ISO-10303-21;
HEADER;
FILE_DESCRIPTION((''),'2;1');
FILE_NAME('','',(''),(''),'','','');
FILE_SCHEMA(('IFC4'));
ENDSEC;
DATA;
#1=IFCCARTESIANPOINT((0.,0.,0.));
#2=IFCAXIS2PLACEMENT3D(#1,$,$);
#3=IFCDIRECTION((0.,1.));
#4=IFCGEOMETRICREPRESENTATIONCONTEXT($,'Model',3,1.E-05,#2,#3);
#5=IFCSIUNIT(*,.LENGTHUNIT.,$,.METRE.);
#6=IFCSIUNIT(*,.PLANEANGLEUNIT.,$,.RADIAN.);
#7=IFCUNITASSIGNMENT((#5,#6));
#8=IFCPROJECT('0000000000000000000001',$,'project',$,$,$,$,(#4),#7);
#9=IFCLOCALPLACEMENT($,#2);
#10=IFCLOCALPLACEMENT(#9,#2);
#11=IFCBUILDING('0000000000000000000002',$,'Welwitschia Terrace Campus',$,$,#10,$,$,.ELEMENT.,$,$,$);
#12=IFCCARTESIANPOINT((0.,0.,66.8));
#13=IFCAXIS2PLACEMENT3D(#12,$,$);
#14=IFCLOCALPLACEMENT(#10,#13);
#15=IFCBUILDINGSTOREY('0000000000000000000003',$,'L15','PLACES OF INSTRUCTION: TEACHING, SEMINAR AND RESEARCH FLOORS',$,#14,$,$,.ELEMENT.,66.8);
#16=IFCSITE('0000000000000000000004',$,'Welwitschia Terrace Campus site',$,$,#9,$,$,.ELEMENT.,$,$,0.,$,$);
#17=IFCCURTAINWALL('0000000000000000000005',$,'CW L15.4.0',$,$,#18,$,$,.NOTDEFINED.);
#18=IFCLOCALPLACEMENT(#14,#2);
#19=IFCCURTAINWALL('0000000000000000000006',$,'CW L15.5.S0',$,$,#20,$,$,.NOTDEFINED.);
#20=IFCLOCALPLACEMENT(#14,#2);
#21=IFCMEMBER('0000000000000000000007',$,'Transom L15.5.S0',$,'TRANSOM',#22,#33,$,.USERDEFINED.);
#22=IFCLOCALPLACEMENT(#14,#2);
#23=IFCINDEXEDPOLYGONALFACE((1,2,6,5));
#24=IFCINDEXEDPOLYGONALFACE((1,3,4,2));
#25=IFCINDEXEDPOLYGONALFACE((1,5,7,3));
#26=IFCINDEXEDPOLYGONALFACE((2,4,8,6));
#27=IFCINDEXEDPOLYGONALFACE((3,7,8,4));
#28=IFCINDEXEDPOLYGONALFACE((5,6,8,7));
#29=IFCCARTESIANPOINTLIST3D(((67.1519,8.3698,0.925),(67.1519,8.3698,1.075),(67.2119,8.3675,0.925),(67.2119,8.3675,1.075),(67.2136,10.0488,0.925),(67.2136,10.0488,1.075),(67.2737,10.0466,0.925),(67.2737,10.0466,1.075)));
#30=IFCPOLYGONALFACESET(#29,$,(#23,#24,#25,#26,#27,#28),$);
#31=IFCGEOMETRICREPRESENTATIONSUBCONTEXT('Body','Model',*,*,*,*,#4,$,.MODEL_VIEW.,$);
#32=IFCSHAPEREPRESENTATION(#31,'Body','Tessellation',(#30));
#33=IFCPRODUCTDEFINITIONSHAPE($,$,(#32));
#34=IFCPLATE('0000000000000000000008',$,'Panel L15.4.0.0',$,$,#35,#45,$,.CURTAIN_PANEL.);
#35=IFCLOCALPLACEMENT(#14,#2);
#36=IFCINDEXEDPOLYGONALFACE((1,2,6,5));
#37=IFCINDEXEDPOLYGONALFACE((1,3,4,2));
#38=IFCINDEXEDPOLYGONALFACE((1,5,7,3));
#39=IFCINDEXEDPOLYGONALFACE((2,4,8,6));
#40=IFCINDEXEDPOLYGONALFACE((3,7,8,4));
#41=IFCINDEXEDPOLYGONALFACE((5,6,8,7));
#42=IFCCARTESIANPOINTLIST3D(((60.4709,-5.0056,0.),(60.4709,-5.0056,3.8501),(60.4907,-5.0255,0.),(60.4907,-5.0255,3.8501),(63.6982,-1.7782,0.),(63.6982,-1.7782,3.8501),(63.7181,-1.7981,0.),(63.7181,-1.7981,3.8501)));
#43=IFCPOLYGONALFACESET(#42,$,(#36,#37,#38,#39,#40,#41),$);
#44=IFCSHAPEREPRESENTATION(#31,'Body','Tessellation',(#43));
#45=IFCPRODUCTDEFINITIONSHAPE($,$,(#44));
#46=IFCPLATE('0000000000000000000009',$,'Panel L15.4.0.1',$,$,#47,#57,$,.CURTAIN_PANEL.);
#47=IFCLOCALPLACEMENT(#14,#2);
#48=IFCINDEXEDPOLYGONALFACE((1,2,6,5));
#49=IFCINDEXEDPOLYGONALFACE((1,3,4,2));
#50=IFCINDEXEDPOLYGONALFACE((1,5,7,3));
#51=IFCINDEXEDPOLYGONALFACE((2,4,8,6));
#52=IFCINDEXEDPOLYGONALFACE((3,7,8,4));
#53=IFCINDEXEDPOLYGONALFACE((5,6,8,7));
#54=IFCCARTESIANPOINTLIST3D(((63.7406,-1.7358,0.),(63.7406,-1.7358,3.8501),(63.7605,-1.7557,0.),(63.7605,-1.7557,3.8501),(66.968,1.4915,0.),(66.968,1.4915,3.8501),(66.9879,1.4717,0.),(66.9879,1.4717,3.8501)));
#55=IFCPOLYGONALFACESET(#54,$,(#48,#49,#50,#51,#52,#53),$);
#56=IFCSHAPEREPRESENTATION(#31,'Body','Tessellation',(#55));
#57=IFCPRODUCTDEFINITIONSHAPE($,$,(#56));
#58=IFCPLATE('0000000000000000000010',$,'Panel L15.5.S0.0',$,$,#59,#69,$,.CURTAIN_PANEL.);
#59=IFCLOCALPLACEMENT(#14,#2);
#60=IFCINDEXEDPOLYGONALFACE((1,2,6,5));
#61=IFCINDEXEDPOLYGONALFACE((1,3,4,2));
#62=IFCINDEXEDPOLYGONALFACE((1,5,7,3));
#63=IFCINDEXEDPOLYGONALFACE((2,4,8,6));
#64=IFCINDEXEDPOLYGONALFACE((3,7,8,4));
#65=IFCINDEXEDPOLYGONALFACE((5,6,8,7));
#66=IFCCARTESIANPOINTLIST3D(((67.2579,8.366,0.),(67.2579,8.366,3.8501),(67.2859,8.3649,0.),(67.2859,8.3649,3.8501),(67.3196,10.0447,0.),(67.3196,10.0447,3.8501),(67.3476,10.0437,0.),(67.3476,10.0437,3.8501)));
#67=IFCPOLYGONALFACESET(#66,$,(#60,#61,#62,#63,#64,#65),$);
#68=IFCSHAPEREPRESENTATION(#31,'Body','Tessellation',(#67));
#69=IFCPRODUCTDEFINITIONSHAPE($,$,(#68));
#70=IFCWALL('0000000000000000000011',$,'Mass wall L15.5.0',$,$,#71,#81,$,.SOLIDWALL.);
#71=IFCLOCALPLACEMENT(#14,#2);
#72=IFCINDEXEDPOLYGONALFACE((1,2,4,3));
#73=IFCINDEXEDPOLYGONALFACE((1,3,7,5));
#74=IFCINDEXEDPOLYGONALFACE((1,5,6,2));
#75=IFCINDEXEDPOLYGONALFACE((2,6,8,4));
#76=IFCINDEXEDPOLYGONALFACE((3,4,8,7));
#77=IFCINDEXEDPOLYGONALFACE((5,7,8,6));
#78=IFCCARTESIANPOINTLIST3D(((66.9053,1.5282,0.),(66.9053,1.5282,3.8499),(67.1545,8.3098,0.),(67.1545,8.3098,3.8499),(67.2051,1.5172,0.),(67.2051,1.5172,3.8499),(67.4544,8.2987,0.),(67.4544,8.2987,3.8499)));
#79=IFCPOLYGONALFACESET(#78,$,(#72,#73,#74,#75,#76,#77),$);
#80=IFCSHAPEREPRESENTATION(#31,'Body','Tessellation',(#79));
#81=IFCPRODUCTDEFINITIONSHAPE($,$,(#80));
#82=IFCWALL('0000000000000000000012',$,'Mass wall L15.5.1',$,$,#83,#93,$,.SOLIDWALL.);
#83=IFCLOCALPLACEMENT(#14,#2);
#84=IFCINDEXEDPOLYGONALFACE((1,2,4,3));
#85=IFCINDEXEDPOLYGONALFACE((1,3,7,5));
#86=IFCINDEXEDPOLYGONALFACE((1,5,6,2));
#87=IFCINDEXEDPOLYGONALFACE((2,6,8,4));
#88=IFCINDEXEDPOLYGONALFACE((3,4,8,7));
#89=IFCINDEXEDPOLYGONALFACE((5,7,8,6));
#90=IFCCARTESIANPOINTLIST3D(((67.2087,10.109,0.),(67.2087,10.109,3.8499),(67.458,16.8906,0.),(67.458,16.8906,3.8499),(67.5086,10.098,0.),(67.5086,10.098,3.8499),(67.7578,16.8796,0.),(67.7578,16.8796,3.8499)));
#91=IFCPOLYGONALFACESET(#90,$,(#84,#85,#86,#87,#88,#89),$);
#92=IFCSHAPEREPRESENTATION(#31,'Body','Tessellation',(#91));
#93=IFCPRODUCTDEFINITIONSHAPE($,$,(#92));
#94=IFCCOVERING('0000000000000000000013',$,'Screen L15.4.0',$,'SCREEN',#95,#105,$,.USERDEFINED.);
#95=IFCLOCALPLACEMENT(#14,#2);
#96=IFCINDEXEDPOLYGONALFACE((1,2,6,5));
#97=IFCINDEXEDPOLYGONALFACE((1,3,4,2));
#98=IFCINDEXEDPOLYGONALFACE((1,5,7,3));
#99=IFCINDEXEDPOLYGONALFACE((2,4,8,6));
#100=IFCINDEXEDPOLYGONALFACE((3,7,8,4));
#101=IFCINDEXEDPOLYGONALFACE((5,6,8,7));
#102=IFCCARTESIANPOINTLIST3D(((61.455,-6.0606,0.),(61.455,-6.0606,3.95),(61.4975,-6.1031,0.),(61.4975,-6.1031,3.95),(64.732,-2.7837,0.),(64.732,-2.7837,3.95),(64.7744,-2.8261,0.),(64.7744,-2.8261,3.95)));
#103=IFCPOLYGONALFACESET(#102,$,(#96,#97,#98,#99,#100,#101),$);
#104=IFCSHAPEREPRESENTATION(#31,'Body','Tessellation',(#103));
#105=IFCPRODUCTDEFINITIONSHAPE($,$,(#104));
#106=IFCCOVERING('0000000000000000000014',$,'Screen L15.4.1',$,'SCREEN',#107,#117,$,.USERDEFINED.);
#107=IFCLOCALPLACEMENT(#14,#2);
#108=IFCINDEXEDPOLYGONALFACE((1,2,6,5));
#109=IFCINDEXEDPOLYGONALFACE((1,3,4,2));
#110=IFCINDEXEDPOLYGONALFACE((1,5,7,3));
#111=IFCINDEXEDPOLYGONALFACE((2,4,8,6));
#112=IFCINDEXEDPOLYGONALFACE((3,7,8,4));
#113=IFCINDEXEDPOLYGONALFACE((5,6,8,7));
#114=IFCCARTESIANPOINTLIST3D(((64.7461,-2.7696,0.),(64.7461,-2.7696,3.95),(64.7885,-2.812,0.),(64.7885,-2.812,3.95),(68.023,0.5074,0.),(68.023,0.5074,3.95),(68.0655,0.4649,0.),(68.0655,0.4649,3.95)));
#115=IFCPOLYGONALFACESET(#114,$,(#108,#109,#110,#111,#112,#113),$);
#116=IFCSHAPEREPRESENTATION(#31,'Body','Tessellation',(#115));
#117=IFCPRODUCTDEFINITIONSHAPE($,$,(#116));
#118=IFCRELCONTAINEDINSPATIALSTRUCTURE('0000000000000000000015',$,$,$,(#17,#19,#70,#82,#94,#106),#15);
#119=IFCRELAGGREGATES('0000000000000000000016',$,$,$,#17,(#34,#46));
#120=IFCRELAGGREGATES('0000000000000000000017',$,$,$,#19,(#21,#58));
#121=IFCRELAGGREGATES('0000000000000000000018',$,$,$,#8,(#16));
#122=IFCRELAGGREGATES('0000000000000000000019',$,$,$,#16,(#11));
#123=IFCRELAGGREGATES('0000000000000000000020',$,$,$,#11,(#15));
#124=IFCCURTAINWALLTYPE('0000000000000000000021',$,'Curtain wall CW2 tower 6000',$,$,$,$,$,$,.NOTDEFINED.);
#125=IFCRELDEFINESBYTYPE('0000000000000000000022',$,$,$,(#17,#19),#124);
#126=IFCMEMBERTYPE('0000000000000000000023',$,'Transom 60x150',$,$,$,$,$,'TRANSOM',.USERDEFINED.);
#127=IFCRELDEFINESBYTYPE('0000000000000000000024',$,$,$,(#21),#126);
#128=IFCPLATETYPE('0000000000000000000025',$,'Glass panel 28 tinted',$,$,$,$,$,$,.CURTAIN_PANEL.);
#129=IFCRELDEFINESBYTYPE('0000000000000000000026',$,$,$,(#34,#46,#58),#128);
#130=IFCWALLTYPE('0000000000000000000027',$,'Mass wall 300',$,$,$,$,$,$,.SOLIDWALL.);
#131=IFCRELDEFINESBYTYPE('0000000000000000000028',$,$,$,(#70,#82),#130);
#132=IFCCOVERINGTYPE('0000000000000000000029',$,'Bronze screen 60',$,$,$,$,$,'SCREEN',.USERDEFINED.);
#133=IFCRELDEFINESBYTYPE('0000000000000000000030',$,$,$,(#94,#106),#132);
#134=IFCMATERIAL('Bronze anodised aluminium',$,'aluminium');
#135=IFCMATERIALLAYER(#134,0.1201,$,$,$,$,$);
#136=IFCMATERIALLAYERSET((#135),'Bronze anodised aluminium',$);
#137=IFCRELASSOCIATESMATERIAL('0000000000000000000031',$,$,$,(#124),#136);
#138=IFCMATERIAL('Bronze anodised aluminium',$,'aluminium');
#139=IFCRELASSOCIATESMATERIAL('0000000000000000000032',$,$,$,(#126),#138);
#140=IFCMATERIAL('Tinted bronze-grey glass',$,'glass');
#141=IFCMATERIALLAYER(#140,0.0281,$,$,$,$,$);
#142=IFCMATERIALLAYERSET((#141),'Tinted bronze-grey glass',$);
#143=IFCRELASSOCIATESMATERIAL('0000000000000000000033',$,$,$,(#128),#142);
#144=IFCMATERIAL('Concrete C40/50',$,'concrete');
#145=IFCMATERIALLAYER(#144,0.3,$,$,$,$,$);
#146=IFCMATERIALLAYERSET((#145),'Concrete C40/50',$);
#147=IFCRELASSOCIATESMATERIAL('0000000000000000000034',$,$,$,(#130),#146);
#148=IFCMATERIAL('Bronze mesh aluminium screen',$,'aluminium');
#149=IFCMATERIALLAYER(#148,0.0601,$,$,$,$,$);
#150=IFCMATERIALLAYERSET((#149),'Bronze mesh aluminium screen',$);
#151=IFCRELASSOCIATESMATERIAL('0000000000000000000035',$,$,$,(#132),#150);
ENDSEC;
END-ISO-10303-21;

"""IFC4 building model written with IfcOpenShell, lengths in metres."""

from ifc_helpers import new_model, si_unit, direction, frame, frame_2d, origin, origin_2d, place, context, subcontext, project, spatial, rectangle, extrude, material, layer, layer_set, material_profile, profile_set, type_object, element, aggregate, save


model = new_model("IFC4")

# Units and contexts
model_context = context("Model", 3, precision=1e-05, world=origin(), true_north=direction((0.0, 1.0)))
body_context = subcontext(model_context, "Body", "Model", "MODEL_VIEW")
ifc_project = project(units=[si_unit("LENGTHUNIT", "METRE"), si_unit("PLANEANGLEUNIT", "RADIAN")], contexts=[model_context])

# Site, building, storey
site_placement = place(None, origin())
site = spatial("IfcSite", under=ifc_project, at=site_placement, Name="Welwitschia Terrace Campus site", CompositionType="ELEMENT", RefElevation=0.0)
building_placement = place(site_placement, origin())
building = spatial("IfcBuilding", under=site, at=building_placement, Name="Welwitschia Terrace Campus", CompositionType="ELEMENT")
storey_placement = place(building_placement, frame((0.0, 0.0, 66.8)))
storey = spatial("IfcBuildingStorey", under=building, at=storey_placement, Name="L15", Description="PLACES OF INSTRUCTION: TEACHING, SEMINAR AND RESEARCH FLOORS", CompositionType="ELEMENT", Elevation=66.8)

# Shared definitions
ifc_material_1 = material(Name="Bronze anodised aluminium", Category="aluminium")
ifc_layer_1 = layer(ifc_material_1, 0.1201)
ifc_layer_set_1 = layer_set([ifc_layer_1], Name="Bronze anodised aluminium")
curtain_wall_type = type_object("IfcCurtainWallType", Name="Curtain wall CW2 tower 6000", PredefinedType="NOTDEFINED", material=ifc_layer_set_1)

# Curtain walls
curtain_wall_1_placement = place(storey_placement, origin())
curtain_wall_1 = element("IfcCurtainWall", 1, at=curtain_wall_1_placement, inside=storey, type_object=curtain_wall_type, Name="CW L15.4.0", PredefinedType="NOTDEFINED")
curtain_wall_2_placement = place(storey_placement, origin())
curtain_wall_2 = element("IfcCurtainWall", 2, at=curtain_wall_2_placement, inside=storey, type_object=curtain_wall_type, Name="CW L15.5.S0", PredefinedType="NOTDEFINED")

# Member
ifc_material_2 = material(Name="Bronze anodised aluminium", Category="aluminium")
ifc_material_profile_1 = material_profile(ifc_material_2, rectangle(XDim=0.0601, YDim=0.1499, at=origin_2d()))
ifc_profile_set_1 = profile_set([ifc_material_profile_1], Name="Bronze anodised aluminium")
member_type_1 = type_object("IfcMemberType", Name="Transom 60x150", ElementType="TRANSOM", PredefinedType="USERDEFINED", material=ifc_profile_set_1)
member_1_placement = place(storey_placement, frame((67.1819, 8.3687, 1.0), z_axis=(0.036764, 0.999324, 0.0), x_axis=(-0.999324, 0.036764, 0.0)))
member_1 = element("IfcMember", 3, at=member_1_placement, type_object=member_type_1, Name="Transom L15.5.S0", ObjectType="TRANSOM", PredefinedType="USERDEFINED", context=body_context, shape_type="SweptSolid", body=[
    extrude(rectangle(XDim=0.0601, YDim=0.1499, at=origin_2d()), origin(), (0.0, 0.0, 1.0), 1.6802),
])

# Plates
ifc_material_3 = material(Name="Tinted bronze-grey glass", Category="glass")
ifc_layer_2 = layer(ifc_material_3, 0.0281)
ifc_layer_set_2 = layer_set([ifc_layer_2], Name="Tinted bronze-grey glass")
plate_type = type_object("IfcPlateType", Name="Glass panel 28 tinted", PredefinedType="CURTAIN_PANEL", material=ifc_layer_set_2)
plate_1_placement = place(storey_placement, frame((62.0945, -3.4019, 0.0), z_axis=(0.0, 0.0, 1.0), x_axis=(0.707107, 0.707107, 0.0)))
plate_1 = element("IfcPlate", 4, at=plate_1_placement, type_object=plate_type, Name="Panel L15.4.0.0", PredefinedType="CURTAIN_PANEL", context=body_context, shape_type="SweptSolid", body=[
    extrude(rectangle(XDim=4.5642, YDim=0.0281, at=origin_2d()), origin(), (0.0, 0.0, 1.0), 3.8501),
])
plate_2_placement = place(storey_placement, frame((65.3643, -0.1321, 0.0), z_axis=(0.0, 0.0, 1.0), x_axis=(0.707107, 0.707107, 0.0)))
plate_2 = element("IfcPlate", 5, at=plate_2_placement, type_object=plate_type, Name="Panel L15.4.0.1", PredefinedType="CURTAIN_PANEL", context=body_context, shape_type="SweptSolid", body=[
    extrude(rectangle(XDim=4.5642, YDim=0.0281, at=origin_2d()), origin(), (0.0, 0.0, 1.0), 3.8501),
])
aggregate(curtain_wall_1, [plate_1, plate_2])
plate_3_placement = place(storey_placement, frame((67.3027, 9.2048, 0.0), z_axis=(0.0, 0.0, 1.0), x_axis=(0.036729, 0.999325, 0.0)))
plate_3 = element("IfcPlate", 6, at=plate_3_placement, type_object=plate_type, Name="Panel L15.5.S0.0", PredefinedType="CURTAIN_PANEL", context=body_context, shape_type="SweptSolid", body=[
    extrude(rectangle(XDim=1.6799, YDim=0.0281, at=origin_2d()), origin(), (0.0, 0.0, 1.0), 3.8501),
])
aggregate(curtain_wall_2, [member_1, plate_3])

# Walls
ifc_material_4 = material(Name="Concrete C40/50", Category="concrete")
ifc_layer_3 = layer(ifc_material_4, 0.3)
ifc_layer_set_3 = layer_set([ifc_layer_3], Name="Concrete C40/50")
wall_type = type_object("IfcWallType", Name="Mass wall 300", PredefinedType="SOLIDWALL", material=ifc_layer_set_3)
for number, where, z_axis, x_axis, name in (
    (7, (67.0552, 1.5227, 0.0), (0.0, 0.0, 1.0), (0.036732, 0.999325, 0.0), "Mass wall L15.5.0"),
    (8, (67.3586, 10.1035, 0.0), (0.0, 0.0, 1.0), (0.036732, 0.999325, 0.0), "Mass wall L15.5.1"),
):
    element("IfcWall", number, at=place(storey_placement, frame(where, z_axis=z_axis, x_axis=x_axis)), inside=storey, type_object=wall_type, Name=name, PredefinedType="SOLIDWALL", context=body_context, shape_type="SweptSolid", body=[
        extrude(rectangle(XDim=6.7861, YDim=0.3, at=frame_2d((3.3931, 0.0))), origin(), (0.0, 0.0, 1.0), 3.8499),
    ])

# Coverings
ifc_material_5 = material(Name="Bronze mesh aluminium screen", Category="aluminium")
ifc_layer_4 = layer(ifc_material_5, 0.0601)
ifc_layer_set_4 = layer_set([ifc_layer_4], Name="Bronze mesh aluminium screen")
covering_type = type_object("IfcCoveringType", Name="Bronze screen 60", ElementType="SCREEN", PredefinedType="USERDEFINED", material=ifc_layer_set_4)
for number, where, z_axis, x_axis, name in (
    (9, (63.1147, -4.4434, 0.0), (0.0, 0.0, 1.0), (0.707107, 0.707107, 0.0), "Screen L15.4.0"),
    (10, (66.4058, -1.1523, 0.0), (0.0, 0.0, 1.0), (0.707107, 0.707107, 0.0), "Screen L15.4.1"),
):
    element("IfcCovering", number, at=place(storey_placement, frame(where, z_axis=z_axis, x_axis=x_axis)), inside=storey, type_object=covering_type, Name=name, ObjectType="SCREEN", PredefinedType="USERDEFINED", context=body_context, shape_type="SweptSolid", body=[
        extrude(rectangle(XDim=4.6343, YDim=0.0601, at=origin_2d()), origin(), (0.0, 0.0, 1.0), 3.95),
    ])

save(model, "model.ifc")
